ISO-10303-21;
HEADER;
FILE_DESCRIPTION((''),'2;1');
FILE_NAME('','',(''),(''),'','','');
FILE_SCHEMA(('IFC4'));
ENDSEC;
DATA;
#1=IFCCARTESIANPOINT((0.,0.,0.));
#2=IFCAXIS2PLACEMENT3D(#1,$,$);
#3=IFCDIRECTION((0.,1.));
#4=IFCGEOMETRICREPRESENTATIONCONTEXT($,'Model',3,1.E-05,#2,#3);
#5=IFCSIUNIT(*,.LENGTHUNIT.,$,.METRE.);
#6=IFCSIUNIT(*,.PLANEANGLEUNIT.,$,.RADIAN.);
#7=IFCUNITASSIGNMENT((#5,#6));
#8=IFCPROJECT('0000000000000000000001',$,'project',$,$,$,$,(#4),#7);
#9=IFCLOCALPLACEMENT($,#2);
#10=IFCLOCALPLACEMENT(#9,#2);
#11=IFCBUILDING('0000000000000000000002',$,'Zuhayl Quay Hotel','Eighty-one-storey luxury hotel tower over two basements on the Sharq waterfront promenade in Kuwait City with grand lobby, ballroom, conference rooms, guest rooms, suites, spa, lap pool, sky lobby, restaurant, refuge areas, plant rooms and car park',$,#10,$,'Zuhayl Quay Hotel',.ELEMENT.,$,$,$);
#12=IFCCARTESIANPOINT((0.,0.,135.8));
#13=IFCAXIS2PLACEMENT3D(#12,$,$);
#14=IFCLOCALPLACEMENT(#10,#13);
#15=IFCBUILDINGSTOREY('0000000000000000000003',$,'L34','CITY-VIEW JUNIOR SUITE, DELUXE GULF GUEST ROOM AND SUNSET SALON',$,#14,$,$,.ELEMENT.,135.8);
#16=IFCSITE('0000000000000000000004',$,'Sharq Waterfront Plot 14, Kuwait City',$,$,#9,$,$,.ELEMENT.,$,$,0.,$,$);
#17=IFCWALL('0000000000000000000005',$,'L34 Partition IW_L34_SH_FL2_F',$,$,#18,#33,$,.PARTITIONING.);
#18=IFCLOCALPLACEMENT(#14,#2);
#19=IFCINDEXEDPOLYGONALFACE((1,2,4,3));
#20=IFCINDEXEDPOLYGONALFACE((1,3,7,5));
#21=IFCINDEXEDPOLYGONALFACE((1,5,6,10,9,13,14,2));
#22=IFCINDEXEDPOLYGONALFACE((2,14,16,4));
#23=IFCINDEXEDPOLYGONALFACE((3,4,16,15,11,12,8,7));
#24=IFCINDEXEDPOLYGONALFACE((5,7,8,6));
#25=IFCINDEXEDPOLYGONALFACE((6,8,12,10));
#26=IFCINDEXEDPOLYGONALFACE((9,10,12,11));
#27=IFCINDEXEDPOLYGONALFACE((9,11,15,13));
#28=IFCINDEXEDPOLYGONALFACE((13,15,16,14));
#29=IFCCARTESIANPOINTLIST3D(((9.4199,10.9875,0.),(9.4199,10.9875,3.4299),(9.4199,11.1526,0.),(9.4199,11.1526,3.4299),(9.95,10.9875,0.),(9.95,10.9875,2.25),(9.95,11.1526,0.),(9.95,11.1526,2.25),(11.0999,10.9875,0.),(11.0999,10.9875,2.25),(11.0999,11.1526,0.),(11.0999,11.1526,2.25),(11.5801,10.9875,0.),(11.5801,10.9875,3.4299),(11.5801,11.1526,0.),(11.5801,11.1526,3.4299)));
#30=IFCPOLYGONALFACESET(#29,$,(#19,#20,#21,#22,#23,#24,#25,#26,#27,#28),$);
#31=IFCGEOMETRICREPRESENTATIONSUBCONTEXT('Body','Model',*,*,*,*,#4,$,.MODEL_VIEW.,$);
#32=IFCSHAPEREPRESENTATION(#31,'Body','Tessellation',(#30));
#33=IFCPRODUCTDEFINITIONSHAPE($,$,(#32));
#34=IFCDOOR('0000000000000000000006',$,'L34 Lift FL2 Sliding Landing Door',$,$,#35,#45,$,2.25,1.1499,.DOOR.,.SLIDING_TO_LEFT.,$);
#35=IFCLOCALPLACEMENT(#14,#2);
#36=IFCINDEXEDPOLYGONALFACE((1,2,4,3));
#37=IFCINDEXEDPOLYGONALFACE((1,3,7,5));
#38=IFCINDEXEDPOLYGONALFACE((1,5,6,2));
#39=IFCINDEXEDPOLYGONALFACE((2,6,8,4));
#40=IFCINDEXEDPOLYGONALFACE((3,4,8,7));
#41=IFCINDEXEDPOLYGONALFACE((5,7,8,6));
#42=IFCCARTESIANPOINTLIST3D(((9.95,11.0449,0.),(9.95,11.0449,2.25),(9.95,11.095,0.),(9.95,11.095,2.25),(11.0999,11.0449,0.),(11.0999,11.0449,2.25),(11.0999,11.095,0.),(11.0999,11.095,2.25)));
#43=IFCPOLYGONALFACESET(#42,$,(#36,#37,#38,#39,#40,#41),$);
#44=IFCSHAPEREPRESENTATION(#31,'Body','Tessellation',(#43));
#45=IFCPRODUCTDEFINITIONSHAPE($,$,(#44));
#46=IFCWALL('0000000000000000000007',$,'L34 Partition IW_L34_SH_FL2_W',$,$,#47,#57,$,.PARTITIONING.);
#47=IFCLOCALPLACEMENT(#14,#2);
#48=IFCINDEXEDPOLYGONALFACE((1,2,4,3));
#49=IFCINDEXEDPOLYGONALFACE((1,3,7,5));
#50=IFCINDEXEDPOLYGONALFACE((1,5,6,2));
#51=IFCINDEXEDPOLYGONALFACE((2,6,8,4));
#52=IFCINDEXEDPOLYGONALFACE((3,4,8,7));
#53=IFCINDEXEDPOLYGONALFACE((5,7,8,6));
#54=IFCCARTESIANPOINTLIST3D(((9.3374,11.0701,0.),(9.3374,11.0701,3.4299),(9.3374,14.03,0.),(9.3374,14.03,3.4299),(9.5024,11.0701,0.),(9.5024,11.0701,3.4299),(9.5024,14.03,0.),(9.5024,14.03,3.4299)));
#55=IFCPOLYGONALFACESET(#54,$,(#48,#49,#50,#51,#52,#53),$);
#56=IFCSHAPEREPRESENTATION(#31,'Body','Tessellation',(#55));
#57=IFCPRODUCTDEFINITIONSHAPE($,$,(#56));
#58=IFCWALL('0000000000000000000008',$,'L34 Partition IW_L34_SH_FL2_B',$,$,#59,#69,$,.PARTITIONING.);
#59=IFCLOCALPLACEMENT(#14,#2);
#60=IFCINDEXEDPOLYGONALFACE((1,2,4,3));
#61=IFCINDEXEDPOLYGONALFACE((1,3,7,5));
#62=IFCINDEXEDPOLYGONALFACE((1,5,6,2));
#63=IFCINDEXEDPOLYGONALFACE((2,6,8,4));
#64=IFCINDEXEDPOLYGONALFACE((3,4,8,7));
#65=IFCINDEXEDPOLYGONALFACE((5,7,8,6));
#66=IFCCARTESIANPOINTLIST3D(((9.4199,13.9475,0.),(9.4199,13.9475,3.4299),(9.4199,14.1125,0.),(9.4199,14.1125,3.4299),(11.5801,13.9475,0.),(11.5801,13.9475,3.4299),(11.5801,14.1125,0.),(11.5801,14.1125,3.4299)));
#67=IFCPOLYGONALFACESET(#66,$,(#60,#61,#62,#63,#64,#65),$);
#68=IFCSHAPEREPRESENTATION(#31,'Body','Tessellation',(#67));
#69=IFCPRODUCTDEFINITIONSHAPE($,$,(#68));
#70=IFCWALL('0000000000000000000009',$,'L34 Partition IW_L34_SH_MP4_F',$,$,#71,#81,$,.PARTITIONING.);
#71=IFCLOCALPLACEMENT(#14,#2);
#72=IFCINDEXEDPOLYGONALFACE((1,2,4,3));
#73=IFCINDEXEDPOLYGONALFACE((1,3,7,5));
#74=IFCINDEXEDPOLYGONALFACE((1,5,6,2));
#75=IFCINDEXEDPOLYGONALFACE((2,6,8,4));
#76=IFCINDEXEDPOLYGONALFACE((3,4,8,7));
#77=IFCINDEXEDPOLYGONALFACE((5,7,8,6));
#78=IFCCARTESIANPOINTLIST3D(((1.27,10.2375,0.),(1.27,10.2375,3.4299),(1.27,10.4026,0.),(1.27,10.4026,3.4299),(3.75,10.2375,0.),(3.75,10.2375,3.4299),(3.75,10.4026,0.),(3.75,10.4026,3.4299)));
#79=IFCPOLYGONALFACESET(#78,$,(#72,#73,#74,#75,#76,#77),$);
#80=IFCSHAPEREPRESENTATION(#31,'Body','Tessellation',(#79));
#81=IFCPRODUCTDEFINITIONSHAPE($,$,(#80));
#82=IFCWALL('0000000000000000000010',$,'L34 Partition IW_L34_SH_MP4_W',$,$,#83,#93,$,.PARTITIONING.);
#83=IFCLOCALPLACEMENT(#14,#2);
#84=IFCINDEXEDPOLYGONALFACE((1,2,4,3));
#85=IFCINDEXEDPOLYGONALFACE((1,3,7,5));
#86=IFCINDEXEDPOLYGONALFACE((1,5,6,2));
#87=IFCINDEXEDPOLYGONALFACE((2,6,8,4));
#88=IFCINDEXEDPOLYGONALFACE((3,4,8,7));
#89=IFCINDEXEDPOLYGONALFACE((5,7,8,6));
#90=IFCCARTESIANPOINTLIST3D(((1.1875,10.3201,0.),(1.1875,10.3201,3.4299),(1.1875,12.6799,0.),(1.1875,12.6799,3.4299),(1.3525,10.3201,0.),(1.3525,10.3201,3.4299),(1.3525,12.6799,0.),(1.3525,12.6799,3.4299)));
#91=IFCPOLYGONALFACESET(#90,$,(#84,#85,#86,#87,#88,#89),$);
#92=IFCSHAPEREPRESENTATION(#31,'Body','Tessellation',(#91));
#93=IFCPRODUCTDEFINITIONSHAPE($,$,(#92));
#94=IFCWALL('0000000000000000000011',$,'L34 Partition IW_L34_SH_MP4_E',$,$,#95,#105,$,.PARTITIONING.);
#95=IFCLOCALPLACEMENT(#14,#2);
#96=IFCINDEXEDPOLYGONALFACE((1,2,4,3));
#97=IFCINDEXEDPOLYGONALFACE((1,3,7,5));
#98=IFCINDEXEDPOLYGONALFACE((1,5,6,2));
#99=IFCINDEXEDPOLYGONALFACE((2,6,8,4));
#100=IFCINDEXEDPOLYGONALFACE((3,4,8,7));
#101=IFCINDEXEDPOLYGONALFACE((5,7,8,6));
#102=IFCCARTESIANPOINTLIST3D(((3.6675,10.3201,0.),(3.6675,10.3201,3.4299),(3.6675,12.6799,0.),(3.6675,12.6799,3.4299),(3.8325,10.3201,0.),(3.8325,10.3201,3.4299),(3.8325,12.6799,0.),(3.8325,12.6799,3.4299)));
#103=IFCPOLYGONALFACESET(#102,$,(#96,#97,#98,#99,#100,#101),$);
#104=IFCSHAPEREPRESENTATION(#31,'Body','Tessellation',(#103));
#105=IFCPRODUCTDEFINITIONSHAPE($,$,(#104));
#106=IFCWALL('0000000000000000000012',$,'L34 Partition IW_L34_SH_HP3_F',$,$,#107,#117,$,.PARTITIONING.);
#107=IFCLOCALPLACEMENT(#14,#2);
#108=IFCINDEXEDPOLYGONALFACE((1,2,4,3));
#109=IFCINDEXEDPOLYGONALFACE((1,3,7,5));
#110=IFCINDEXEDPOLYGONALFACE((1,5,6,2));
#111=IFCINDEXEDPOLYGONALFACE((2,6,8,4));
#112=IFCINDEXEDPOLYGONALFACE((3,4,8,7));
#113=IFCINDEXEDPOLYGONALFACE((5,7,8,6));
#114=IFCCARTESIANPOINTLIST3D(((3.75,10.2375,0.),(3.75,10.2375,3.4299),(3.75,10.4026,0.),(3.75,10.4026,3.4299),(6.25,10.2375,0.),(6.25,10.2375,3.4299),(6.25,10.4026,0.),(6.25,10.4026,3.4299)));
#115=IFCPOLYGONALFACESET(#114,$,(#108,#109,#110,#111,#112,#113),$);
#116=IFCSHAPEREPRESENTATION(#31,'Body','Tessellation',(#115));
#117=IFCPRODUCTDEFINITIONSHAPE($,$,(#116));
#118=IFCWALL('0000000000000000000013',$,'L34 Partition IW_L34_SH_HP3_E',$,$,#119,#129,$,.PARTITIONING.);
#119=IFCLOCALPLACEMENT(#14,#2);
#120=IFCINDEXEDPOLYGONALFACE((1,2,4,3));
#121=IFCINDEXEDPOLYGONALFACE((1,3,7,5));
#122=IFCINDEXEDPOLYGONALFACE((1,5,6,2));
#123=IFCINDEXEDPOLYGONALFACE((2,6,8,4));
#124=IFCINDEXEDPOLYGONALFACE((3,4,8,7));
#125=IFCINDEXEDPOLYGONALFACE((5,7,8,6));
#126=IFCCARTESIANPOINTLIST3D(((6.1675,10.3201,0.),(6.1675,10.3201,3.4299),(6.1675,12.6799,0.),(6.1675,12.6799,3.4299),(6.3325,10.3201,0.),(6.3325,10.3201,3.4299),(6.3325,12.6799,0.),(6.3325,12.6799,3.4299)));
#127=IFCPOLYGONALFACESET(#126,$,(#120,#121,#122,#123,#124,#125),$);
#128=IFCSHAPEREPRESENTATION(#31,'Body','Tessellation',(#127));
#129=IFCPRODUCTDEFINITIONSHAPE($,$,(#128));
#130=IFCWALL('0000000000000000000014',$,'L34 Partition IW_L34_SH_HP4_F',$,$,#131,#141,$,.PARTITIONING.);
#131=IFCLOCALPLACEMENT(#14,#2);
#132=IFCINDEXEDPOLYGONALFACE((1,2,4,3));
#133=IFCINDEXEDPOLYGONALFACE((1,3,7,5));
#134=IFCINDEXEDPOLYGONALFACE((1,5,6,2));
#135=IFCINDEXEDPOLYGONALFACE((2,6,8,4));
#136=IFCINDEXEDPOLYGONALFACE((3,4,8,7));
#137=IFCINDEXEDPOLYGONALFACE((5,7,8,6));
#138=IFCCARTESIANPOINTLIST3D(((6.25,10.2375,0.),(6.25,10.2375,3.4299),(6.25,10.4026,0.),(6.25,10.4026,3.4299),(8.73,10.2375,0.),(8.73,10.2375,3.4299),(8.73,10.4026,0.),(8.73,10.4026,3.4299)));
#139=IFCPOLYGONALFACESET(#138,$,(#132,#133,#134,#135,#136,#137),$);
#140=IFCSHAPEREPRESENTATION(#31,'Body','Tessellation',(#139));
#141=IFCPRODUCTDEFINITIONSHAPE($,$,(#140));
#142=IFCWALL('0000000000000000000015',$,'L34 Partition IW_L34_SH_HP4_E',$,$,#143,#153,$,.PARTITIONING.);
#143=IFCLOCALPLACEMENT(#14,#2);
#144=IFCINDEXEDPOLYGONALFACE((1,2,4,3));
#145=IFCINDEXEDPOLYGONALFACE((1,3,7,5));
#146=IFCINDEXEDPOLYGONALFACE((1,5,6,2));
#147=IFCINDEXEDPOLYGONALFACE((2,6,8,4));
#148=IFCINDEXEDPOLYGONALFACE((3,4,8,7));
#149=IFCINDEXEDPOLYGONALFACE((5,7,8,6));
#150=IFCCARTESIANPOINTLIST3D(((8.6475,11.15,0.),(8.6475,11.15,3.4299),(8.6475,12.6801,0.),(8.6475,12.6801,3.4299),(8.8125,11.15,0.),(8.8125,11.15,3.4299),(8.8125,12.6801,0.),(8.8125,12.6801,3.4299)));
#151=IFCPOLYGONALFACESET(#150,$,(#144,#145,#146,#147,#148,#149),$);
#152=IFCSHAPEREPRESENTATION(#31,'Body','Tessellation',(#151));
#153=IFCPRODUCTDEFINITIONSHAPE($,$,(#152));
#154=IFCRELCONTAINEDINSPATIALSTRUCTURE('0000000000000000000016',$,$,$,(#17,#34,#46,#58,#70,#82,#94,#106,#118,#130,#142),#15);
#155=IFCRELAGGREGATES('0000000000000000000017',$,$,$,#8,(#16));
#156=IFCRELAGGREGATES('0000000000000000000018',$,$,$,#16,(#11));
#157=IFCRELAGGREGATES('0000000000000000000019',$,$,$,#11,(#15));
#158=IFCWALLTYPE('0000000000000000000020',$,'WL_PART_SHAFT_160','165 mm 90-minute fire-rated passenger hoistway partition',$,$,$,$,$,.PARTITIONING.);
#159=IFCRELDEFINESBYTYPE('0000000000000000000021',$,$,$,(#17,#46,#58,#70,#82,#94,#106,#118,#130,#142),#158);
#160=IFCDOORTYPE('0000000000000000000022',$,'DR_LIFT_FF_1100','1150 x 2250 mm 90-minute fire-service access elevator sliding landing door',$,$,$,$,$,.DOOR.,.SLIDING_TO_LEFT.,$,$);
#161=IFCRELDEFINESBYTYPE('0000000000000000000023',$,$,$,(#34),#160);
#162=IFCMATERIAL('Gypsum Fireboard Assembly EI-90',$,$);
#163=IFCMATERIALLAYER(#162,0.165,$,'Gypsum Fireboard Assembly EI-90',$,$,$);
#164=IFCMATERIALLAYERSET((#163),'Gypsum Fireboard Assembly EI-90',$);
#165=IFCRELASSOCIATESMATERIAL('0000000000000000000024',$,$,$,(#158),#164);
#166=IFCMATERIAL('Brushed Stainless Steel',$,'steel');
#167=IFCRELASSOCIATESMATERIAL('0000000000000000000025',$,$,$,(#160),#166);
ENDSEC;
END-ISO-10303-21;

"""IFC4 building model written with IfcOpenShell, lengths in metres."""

from ifc_helpers import new_model, si_unit, direction, frame, frame_2d, origin, place, context, subcontext, project, spatial, rectangle, extrude, material, layer, layer_set, type_object, element, fill, save


model = new_model("IFC4")

# Units and contexts
model_context = context("Model", 3, precision=1e-05, world=origin(), true_north=direction((0.0, 1.0)))
body_context = subcontext(model_context, "Body", "Model", "MODEL_VIEW")
ifc_project = project(units=[si_unit("LENGTHUNIT", "METRE"), si_unit("PLANEANGLEUNIT", "RADIAN")], contexts=[model_context])

# Site, building, storey
site_placement = place(None, origin())
site = spatial("IfcSite", under=ifc_project, at=site_placement, Name="Sharq Waterfront Plot 14, Kuwait City", CompositionType="ELEMENT", RefElevation=0.0)
building_placement = place(site_placement, origin())
building = spatial("IfcBuilding", under=site, at=building_placement, Name="Zuhayl Quay Hotel", Description="Eighty-one-storey luxury hotel tower over two basements on the Sharq waterfront promenade in Kuwait City with grand lobby, ballroom, conference rooms, guest rooms, suites, spa, lap pool, sky lobby, restaurant, refuge areas, plant rooms and car park", LongName="Zuhayl Quay Hotel", CompositionType="ELEMENT")
storey_placement = place(building_placement, frame((0.0, 0.0, 135.8)))
storey = spatial("IfcBuildingStorey", under=building, at=storey_placement, Name="L34", Description="CITY-VIEW JUNIOR SUITE, DELUXE GULF GUEST ROOM AND SUNSET SALON", CompositionType="ELEMENT", Elevation=135.8)

# Wall, opening, door
ifc_material_1 = material(Name="Gypsum Fireboard Assembly EI-90")
ifc_layer_1 = layer(ifc_material_1, 0.165, Name="Gypsum Fireboard Assembly EI-90")
ifc_layer_set_1 = layer_set([ifc_layer_1], Name="Gypsum Fireboard Assembly EI-90")
wall_type_1 = type_object("IfcWallType", Name="WL_PART_SHAFT_160", Description="165 mm 90-minute fire-rated passenger hoistway partition", PredefinedType="PARTITIONING", material=ifc_layer_set_1)
wall_1_placement = place(storey_placement, frame((9.4199, 11.0701, 0.0), z_axis=(0.0, 0.0, 1.0), x_axis=(1.0, 0.0, 0.0)))
wall_1 = element("IfcWall", 1, at=wall_1_placement, inside=storey, type_object=wall_type_1, Name="L34 Partition IW_L34_SH_FL2_F", PredefinedType="PARTITIONING", context=body_context, shape_type="SweptSolid", body=[
    extrude(rectangle(XDim=2.1602, YDim=0.165, at=frame_2d((1.0801, 0.0))), origin(), (0.0, 0.0, 1.0), 3.4299),
])
opening_1_placement = place(wall_1_placement, frame((0.53, 0.0, 0.0)))
opening_1 = element("IfcOpeningElement", 2, at=opening_1_placement, cuts=wall_1, PredefinedType="OPENING", context=body_context, shape_type="SweptSolid", body=[
    extrude(rectangle(XDim=1.1499, YDim=2.25, at=frame_2d((0.575, 1.125))), frame((0.0, 0.0925, 0.0), z_axis=(0.0, -1.0, 0.0), x_axis=(1.0, 0.0, 0.0)), (0.0, 0.0, 1.0), 0.1851),
])
ifc_material_2 = material(Name="Brushed Stainless Steel", Category="steel")
door_type_1 = type_object("IfcDoorType", Name="DR_LIFT_FF_1100", Description="1150 x 2250 mm 90-minute fire-service access elevator sliding landing door", OperationType="SLIDING_TO_LEFT", PredefinedType="DOOR", material=ifc_material_2)
door_1_placement = place(opening_1_placement, origin())
door_1 = element("IfcDoor", 3, at=door_1_placement, inside=storey, type_object=door_type_1, Name="L34 Lift FL2 Sliding Landing Door", OperationType="SLIDING_TO_LEFT", OverallHeight=2.25, OverallWidth=1.1499, PredefinedType="DOOR", context=body_context, shape_type="SweptSolid", body=[
    extrude(rectangle(XDim=1.1499, YDim=2.25, at=frame_2d((0.575, 1.125))), frame((0.0, 0.0249, 0.0), z_axis=(0.0, -1.0, 0.0), x_axis=(1.0, 0.0, 0.0)), (0.0, 0.0, 1.0), 0.05),
])
fill(opening_1, door_1)

# Walls
wall_2_placement = place(storey_placement, frame((9.4199, 11.0701, 0.0), z_axis=(0.0, 0.0, 1.0), x_axis=(0.0, 1.0, 0.0)))
element("IfcWall", 4, at=wall_2_placement, inside=storey, type_object=wall_type_1, Name="L34 Partition IW_L34_SH_FL2_W", PredefinedType="PARTITIONING", context=body_context, shape_type="SweptSolid", body=[
    extrude(rectangle(XDim=2.96, YDim=0.165, at=frame_2d((1.48, 0.0))), origin(), (0.0, 0.0, 1.0), 3.4299),
])
wall_3_placement = place(storey_placement, frame((9.4199, 14.03, 0.0), z_axis=(0.0, 0.0, 1.0), x_axis=(1.0, 0.0, 0.0)))
element("IfcWall", 5, at=wall_3_placement, inside=storey, type_object=wall_type_1, Name="L34 Partition IW_L34_SH_FL2_B", PredefinedType="PARTITIONING", context=body_context, shape_type="SweptSolid", body=[
    extrude(rectangle(XDim=2.1602, YDim=0.165, at=frame_2d((1.0801, 0.0))), origin(), (0.0, 0.0, 1.0), 3.4299),
])
wall_4_placement = place(storey_placement, frame((1.27, 10.3201, 0.0), z_axis=(0.0, 0.0, 1.0), x_axis=(1.0, 0.0, 0.0)))
element("IfcWall", 6, at=wall_4_placement, inside=storey, type_object=wall_type_1, Name="L34 Partition IW_L34_SH_MP4_F", PredefinedType="PARTITIONING", context=body_context, shape_type="SweptSolid", body=[
    extrude(rectangle(XDim=2.48, YDim=0.165, at=frame_2d((1.24, 0.0))), origin(), (0.0, 0.0, 1.0), 3.4299),
])
for number, where, z_axis, x_axis, name in (
    (7, (1.27, 10.3201, 0.0), (0.0, 0.0, 1.0), (0.0, 1.0, 0.0), "L34 Partition IW_L34_SH_MP4_W"),
    (8, (3.75, 10.3201, 0.0), (0.0, 0.0, 1.0), (0.0, 1.0, 0.0), "L34 Partition IW_L34_SH_MP4_E"),
):
    element("IfcWall", number, at=place(storey_placement, frame(where, z_axis=z_axis, x_axis=x_axis)), inside=storey, type_object=wall_type_1, Name=name, PredefinedType="PARTITIONING", context=body_context, shape_type="SweptSolid", body=[
        extrude(rectangle(XDim=2.3599, YDim=0.165, at=frame_2d((1.1799, 0.0))), origin(), (0.0, 0.0, 1.0), 3.4299),
    ])
wall_5_placement = place(storey_placement, frame((3.75, 10.3201, 0.0), z_axis=(0.0, 0.0, 1.0), x_axis=(1.0, 0.0, 0.0)))
element("IfcWall", 9, at=wall_5_placement, inside=storey, type_object=wall_type_1, Name="L34 Partition IW_L34_SH_HP3_F", PredefinedType="PARTITIONING", context=body_context, shape_type="SweptSolid", body=[
    extrude(rectangle(XDim=2.5, YDim=0.165, at=frame_2d((1.25, 0.0))), origin(), (0.0, 0.0, 1.0), 3.4299),
])
wall_6_placement = place(storey_placement, frame((6.25, 10.3201, 0.0), z_axis=(0.0, 0.0, 1.0), x_axis=(0.0, 1.0, 0.0)))
element("IfcWall", 10, at=wall_6_placement, inside=storey, type_object=wall_type_1, Name="L34 Partition IW_L34_SH_HP3_E", PredefinedType="PARTITIONING", context=body_context, shape_type="SweptSolid", body=[
    extrude(rectangle(XDim=2.3599, YDim=0.165, at=frame_2d((1.1799, 0.0))), origin(), (0.0, 0.0, 1.0), 3.4299),
])
wall_7_placement = place(storey_placement, frame((6.25, 10.3201, 0.0), z_axis=(0.0, 0.0, 1.0), x_axis=(1.0, 0.0, 0.0)))
element("IfcWall", 11, at=wall_7_placement, inside=storey, type_object=wall_type_1, Name="L34 Partition IW_L34_SH_HP4_F", PredefinedType="PARTITIONING", context=body_context, shape_type="SweptSolid", body=[
    extrude(rectangle(XDim=2.48, YDim=0.165, at=frame_2d((1.24, 0.0))), origin(), (0.0, 0.0, 1.0), 3.4299),
])
wall_8_placement = place(storey_placement, frame((8.73, 11.1499, 0.0), z_axis=(0.0, 0.0, 1.0), x_axis=(0.0, 1.0, 0.0)))
element("IfcWall", 12, at=wall_8_placement, inside=storey, type_object=wall_type_1, Name="L34 Partition IW_L34_SH_HP4_E", PredefinedType="PARTITIONING", context=body_context, shape_type="SweptSolid", body=[
    extrude(rectangle(XDim=1.53, YDim=0.165, at=frame_2d((0.7651, 0.0))), origin(), (0.0, 0.0, 1.0), 3.4299),
])

save(model, "model.ifc")
